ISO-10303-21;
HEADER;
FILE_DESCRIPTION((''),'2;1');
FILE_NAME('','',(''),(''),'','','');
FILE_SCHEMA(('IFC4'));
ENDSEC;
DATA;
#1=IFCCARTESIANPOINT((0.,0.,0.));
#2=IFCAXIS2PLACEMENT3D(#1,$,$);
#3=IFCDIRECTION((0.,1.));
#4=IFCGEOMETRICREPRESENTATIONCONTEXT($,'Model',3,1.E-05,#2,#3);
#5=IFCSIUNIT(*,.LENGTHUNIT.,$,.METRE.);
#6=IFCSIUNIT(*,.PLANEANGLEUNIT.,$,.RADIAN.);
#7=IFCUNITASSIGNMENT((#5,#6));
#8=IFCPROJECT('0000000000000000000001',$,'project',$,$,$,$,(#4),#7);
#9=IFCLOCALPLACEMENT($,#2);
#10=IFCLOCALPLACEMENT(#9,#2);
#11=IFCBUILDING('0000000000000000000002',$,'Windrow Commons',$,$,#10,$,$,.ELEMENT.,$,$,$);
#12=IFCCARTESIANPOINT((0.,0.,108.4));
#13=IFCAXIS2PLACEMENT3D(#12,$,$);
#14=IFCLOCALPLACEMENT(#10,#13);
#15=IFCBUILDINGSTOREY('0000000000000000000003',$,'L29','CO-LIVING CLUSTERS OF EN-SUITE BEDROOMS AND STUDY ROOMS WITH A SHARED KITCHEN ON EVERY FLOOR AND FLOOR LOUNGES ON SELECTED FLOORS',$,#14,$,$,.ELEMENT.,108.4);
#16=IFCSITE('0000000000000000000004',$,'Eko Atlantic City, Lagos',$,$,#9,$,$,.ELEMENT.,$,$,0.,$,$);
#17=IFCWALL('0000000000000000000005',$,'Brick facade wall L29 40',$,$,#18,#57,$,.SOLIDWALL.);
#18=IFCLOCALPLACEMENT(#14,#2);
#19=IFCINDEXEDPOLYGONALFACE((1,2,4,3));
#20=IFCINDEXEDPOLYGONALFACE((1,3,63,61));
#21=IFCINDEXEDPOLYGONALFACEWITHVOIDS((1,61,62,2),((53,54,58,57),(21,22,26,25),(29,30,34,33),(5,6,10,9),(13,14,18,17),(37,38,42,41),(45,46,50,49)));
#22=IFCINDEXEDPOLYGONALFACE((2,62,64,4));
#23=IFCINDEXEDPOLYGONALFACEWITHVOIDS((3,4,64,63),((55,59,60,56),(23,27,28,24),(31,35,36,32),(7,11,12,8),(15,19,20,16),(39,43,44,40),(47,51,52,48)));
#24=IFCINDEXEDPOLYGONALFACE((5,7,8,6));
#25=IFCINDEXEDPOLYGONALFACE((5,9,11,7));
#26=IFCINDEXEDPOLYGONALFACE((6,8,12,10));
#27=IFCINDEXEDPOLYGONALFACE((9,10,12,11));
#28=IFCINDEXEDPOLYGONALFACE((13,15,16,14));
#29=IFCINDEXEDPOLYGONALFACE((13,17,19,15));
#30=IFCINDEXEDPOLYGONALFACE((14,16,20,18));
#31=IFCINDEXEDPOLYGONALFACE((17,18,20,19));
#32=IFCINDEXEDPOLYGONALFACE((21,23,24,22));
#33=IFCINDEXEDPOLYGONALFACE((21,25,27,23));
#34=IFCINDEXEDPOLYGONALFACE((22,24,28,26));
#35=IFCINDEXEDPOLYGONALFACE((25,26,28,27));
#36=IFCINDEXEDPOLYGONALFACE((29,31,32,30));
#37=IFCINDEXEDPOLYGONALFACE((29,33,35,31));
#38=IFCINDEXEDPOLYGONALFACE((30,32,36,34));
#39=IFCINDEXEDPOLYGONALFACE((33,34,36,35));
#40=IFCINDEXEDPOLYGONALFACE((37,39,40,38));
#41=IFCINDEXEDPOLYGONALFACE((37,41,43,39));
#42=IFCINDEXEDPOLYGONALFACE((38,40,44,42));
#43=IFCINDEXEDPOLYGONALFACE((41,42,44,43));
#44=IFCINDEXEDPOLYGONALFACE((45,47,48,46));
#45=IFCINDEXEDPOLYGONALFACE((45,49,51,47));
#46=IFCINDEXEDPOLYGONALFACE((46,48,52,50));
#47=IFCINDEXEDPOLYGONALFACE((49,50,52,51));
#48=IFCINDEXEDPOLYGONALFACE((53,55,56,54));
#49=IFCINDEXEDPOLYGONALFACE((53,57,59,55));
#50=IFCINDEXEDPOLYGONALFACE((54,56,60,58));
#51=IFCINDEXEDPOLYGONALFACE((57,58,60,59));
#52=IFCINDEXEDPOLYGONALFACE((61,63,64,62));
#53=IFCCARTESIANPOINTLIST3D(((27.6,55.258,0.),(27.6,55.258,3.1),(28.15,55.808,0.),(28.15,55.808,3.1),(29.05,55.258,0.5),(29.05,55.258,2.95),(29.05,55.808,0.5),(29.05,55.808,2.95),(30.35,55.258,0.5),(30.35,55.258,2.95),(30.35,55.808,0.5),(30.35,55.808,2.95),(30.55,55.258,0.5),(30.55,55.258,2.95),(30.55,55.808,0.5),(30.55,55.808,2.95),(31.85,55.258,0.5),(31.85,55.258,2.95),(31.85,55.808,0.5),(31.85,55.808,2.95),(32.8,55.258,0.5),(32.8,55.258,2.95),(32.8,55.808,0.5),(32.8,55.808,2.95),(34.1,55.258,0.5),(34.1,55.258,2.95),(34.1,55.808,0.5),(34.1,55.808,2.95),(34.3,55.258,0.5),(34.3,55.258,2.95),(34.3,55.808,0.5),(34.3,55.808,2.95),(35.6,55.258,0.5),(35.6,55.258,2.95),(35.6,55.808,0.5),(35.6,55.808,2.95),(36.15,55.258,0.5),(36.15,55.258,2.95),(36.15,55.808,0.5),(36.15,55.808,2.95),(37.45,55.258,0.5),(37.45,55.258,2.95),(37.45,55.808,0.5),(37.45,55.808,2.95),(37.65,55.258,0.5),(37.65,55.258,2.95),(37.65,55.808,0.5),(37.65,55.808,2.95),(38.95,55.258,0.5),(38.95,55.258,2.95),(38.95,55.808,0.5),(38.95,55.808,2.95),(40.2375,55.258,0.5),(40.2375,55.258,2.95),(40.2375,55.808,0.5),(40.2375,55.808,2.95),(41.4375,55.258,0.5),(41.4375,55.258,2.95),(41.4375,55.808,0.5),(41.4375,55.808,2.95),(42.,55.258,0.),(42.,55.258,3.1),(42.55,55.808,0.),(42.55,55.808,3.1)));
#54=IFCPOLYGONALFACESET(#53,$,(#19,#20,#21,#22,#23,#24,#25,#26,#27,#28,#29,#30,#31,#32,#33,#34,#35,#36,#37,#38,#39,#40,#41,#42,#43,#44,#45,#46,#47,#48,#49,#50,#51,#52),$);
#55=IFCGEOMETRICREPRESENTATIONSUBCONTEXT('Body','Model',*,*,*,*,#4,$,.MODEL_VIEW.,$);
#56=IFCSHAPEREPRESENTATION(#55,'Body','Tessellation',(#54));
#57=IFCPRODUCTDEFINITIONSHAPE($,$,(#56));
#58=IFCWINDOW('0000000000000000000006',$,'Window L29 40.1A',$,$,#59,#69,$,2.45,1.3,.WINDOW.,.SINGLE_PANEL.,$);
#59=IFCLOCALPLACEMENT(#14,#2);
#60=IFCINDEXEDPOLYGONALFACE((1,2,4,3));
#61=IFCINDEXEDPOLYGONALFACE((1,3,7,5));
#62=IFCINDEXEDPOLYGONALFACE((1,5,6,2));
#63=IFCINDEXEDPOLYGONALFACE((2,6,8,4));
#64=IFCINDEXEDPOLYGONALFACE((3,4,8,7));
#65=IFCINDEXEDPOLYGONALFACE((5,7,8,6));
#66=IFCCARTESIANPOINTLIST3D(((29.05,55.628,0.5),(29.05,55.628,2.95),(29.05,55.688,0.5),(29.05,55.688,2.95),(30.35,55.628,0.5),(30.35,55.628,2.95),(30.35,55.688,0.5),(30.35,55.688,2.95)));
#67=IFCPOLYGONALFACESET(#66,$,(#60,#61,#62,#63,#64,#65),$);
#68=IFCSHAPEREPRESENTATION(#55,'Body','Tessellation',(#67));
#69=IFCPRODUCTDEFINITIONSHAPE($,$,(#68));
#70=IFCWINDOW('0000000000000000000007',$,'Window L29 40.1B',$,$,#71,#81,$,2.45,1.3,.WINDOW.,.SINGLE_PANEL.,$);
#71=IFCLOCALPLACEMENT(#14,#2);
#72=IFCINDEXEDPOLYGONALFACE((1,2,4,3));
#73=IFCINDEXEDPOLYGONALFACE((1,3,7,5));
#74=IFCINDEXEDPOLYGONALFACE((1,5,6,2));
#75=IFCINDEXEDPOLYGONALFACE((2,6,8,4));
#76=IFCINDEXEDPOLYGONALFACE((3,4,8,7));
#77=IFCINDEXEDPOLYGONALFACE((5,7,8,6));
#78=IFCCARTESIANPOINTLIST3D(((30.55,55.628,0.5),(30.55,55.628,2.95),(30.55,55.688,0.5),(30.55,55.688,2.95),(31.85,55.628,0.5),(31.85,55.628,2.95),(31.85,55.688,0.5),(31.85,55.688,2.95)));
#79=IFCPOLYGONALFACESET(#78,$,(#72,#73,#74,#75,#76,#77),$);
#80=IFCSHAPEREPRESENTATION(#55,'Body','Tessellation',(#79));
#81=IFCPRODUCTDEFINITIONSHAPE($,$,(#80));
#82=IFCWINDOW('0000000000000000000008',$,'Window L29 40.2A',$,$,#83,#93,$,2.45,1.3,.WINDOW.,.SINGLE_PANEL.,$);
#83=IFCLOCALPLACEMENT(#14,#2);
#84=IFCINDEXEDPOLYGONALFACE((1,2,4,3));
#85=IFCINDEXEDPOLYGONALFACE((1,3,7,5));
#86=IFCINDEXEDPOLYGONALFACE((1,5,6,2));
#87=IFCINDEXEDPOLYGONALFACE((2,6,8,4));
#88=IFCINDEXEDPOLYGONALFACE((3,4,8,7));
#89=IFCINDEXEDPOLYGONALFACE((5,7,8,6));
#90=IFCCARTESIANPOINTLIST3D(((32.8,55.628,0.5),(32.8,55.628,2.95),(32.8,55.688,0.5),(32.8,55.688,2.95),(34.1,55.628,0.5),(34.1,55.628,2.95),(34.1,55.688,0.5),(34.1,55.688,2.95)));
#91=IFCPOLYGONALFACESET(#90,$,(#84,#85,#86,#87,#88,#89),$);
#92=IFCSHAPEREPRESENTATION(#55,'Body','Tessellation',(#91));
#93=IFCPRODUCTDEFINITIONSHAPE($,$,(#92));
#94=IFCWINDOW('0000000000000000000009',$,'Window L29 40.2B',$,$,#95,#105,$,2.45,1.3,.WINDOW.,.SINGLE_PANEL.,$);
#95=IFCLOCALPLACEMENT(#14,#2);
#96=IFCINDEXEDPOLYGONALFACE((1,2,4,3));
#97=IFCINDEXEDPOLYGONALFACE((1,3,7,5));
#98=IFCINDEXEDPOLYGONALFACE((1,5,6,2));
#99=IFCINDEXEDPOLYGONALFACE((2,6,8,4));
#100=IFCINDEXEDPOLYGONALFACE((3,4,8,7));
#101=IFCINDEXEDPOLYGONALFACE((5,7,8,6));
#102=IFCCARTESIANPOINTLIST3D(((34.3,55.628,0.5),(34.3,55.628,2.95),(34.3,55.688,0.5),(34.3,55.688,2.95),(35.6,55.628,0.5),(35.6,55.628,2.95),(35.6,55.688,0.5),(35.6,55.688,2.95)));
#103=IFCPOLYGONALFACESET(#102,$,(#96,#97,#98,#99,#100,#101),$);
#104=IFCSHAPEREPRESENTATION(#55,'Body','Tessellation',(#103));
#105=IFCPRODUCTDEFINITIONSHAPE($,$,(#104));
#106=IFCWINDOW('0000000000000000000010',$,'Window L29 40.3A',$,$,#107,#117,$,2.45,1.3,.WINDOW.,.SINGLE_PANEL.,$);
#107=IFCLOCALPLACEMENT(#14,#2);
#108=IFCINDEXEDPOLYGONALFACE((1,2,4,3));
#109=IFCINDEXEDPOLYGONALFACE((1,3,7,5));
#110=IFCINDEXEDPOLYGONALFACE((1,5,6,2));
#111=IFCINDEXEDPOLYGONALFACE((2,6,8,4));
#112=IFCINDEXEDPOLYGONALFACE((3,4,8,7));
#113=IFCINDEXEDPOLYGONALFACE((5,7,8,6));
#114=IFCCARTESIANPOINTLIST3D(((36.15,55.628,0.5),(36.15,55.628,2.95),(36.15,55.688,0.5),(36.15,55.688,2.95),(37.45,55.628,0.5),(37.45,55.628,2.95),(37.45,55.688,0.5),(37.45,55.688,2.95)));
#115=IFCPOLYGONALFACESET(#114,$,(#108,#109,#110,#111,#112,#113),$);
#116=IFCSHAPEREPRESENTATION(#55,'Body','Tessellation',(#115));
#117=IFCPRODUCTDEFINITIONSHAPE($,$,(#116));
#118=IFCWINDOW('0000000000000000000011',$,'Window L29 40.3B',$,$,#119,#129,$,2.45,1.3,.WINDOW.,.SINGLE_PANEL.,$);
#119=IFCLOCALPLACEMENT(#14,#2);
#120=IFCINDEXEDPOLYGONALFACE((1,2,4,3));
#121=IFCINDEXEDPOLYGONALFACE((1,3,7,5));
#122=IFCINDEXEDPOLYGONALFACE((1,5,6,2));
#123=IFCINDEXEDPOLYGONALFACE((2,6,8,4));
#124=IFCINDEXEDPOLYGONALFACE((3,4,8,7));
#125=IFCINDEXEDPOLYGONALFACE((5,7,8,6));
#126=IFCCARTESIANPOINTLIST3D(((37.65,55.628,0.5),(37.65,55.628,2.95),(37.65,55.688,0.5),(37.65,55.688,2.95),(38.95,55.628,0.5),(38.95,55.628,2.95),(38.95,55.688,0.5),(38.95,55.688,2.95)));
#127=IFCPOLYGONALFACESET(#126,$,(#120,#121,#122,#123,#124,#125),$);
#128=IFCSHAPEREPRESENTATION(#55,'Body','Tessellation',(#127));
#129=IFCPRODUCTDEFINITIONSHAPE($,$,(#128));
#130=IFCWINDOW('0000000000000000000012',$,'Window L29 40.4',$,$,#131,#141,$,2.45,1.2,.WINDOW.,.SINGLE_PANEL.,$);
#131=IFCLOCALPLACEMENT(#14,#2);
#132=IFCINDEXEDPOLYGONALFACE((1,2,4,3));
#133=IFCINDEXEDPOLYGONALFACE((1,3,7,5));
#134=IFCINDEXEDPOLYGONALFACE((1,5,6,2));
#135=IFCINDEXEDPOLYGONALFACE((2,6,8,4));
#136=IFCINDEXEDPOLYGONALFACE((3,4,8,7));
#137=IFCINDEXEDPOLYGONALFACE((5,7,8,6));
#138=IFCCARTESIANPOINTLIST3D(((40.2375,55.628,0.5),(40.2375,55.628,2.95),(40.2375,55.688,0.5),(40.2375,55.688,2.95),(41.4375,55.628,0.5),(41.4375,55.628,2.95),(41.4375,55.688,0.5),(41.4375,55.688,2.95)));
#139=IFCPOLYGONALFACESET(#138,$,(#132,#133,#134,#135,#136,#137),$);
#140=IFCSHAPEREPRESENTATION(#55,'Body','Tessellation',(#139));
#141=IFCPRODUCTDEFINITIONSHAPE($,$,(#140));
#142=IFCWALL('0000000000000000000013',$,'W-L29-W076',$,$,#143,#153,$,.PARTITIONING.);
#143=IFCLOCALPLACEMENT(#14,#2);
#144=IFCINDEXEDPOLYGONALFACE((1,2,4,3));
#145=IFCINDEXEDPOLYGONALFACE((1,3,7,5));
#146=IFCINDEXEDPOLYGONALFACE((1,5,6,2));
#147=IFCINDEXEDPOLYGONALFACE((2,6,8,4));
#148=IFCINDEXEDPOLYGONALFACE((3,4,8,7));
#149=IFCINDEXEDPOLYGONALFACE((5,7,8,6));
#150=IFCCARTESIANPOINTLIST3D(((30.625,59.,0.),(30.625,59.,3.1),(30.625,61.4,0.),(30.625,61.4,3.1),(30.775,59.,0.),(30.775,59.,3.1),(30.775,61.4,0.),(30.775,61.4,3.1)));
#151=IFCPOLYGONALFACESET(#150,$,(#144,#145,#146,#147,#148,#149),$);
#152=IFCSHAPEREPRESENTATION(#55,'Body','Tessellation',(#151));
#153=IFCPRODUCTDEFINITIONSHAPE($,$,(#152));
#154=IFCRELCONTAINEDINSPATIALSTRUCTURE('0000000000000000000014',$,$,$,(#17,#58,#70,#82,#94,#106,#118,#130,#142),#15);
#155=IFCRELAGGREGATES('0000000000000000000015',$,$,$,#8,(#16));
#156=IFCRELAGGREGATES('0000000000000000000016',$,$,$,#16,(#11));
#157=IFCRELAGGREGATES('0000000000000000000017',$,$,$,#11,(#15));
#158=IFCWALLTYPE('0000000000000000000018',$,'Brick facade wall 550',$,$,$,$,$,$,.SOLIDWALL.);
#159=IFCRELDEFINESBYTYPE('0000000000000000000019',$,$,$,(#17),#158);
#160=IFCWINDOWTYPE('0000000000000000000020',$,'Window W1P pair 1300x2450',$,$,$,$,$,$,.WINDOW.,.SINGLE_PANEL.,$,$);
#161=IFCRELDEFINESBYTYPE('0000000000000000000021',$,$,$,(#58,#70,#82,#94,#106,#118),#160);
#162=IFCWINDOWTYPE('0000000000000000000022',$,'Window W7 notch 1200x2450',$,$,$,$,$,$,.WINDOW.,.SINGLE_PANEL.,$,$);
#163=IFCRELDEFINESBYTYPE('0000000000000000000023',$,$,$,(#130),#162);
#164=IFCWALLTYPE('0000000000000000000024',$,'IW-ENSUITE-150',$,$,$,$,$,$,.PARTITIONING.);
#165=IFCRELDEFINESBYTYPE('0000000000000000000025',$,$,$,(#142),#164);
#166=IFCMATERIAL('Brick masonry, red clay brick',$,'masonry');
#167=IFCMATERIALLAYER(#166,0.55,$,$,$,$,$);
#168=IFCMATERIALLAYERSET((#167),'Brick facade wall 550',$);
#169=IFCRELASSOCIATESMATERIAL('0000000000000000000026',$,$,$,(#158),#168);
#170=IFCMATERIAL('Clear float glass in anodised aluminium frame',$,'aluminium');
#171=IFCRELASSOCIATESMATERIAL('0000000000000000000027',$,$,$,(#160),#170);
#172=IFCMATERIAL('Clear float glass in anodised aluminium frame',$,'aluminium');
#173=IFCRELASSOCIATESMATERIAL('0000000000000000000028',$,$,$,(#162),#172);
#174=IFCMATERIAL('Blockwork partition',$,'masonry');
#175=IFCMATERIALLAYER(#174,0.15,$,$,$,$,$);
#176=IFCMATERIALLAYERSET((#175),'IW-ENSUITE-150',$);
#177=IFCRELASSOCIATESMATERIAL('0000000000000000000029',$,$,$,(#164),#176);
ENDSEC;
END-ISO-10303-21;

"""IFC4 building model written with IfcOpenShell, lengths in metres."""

from ifc_helpers import new_model, si_unit, direction, frame, frame_2d, origin, place, context, subcontext, project, spatial, polyline, rectangle, outline, extrude, material, layer, layer_set, type_object, element, fill, save


model = new_model("IFC4")

# Units and contexts
model_context = context("Model", 3, precision=1e-05, world=origin(), true_north=direction((0.0, 1.0)))
body_context = subcontext(model_context, "Body", "Model", "MODEL_VIEW")
ifc_project = project(units=[si_unit("LENGTHUNIT", "METRE"), si_unit("PLANEANGLEUNIT", "RADIAN")], contexts=[model_context])

# Site, building, storey
site_placement = place(None, origin())
site = spatial("IfcSite", under=ifc_project, at=site_placement, Name="Eko Atlantic City, Lagos", CompositionType="ELEMENT", RefElevation=0.0)
building_placement = place(site_placement, origin())
building = spatial("IfcBuilding", under=site, at=building_placement, Name="Windrow Commons", CompositionType="ELEMENT")
storey_placement = place(building_placement, frame((0.0, 0.0, 108.4)))
storey = spatial("IfcBuildingStorey", under=building, at=storey_placement, Name="L29", Description="CO-LIVING CLUSTERS OF EN-SUITE BEDROOMS AND STUDY ROOMS WITH A SHARED KITCHEN ON EVERY FLOOR AND FLOOR LOUNGES ON SELECTED FLOORS", CompositionType="ELEMENT", Elevation=108.4)

# Wall, openings, windows
ifc_material_1 = material(Name="Brick masonry, red clay brick", Category="masonry")
ifc_layer_1 = layer(ifc_material_1, 0.55)
ifc_layer_set_1 = layer_set([ifc_layer_1], Name="Brick facade wall 550")
wall_type_1 = type_object("IfcWallType", Name="Brick facade wall 550", PredefinedType="SOLIDWALL", material=ifc_layer_set_1)
wall_1_placement = place(storey_placement, frame((27.875, 55.533, 0.0), z_axis=(0.0, 0.0, 1.0), x_axis=(1.0, 0.0, 0.0)))
wall_1 = element("IfcWall", 1, at=wall_1_placement, inside=storey, type_object=wall_type_1, Name="Brick facade wall L29 40", PredefinedType="SOLIDWALL", context=body_context, shape_type="SweptSolid", body=[
    extrude(outline(polyline([(-0.275, -0.275), (14.125, -0.275), (14.675, 0.275), (0.275, 0.275), (-0.275, -0.275)])), origin(), (0.0, 0.0, 1.0), 3.1),
])
opening_1_placement = place(wall_1_placement, frame((1.175, 0.0, 0.5)))
opening_1 = element("IfcOpeningElement", 2, at=opening_1_placement, cuts=wall_1, PredefinedType="OPENING", context=body_context, shape_type="SweptSolid", body=[
    extrude(rectangle(XDim=1.3, YDim=2.45, at=frame_2d((0.65, 1.225))), frame((0.0, 0.285, 0.0), z_axis=(0.0, -1.0, 0.0), x_axis=(1.0, 0.0, 0.0)), (0.0, 0.0, 1.0), 0.57),
])
opening_2_placement = place(wall_1_placement, frame((2.675, 0.0, 0.5)))
opening_2 = element("IfcOpeningElement", 3, at=opening_2_placement, cuts=wall_1, PredefinedType="OPENING", context=body_context, shape_type="SweptSolid", body=[
    extrude(rectangle(XDim=1.3, YDim=2.45, at=frame_2d((0.65, 1.225))), frame((0.0, 0.285, 0.0), z_axis=(0.0, -1.0, 0.0), x_axis=(1.0, 0.0, 0.0)), (0.0, 0.0, 1.0), 0.57),
])
opening_3_placement = place(wall_1_placement, frame((4.925, 0.0, 0.5)))
opening_3 = element("IfcOpeningElement", 4, at=opening_3_placement, cuts=wall_1, PredefinedType="OPENING", context=body_context, shape_type="SweptSolid", body=[
    extrude(rectangle(XDim=1.3, YDim=2.45, at=frame_2d((0.65, 1.225))), frame((0.0, 0.285, 0.0), z_axis=(0.0, -1.0, 0.0), x_axis=(1.0, 0.0, 0.0)), (0.0, 0.0, 1.0), 0.57),
])
opening_4_placement = place(wall_1_placement, frame((6.425, 0.0, 0.5)))
opening_4 = element("IfcOpeningElement", 5, at=opening_4_placement, cuts=wall_1, PredefinedType="OPENING", context=body_context, shape_type="SweptSolid", body=[
    extrude(rectangle(XDim=1.3, YDim=2.45, at=frame_2d((0.65, 1.225))), frame((0.0, 0.285, 0.0), z_axis=(0.0, -1.0, 0.0), x_axis=(1.0, 0.0, 0.0)), (0.0, 0.0, 1.0), 0.57),
])
opening_5_placement = place(wall_1_placement, frame((8.275, 0.0, 0.5)))
opening_5 = element("IfcOpeningElement", 6, at=opening_5_placement, cuts=wall_1, PredefinedType="OPENING", context=body_context, shape_type="SweptSolid", body=[
    extrude(rectangle(XDim=1.3, YDim=2.45, at=frame_2d((0.65, 1.225))), frame((0.0, 0.285, 0.0), z_axis=(0.0, -1.0, 0.0), x_axis=(1.0, 0.0, 0.0)), (0.0, 0.0, 1.0), 0.57),
])
opening_6_placement = place(wall_1_placement, frame((9.775, 0.0, 0.5)))
opening_6 = element("IfcOpeningElement", 7, at=opening_6_placement, cuts=wall_1, PredefinedType="OPENING", context=body_context, shape_type="SweptSolid", body=[
    extrude(rectangle(XDim=1.3, YDim=2.45, at=frame_2d((0.65, 1.225))), frame((0.0, 0.285, 0.0), z_axis=(0.0, -1.0, 0.0), x_axis=(1.0, 0.0, 0.0)), (0.0, 0.0, 1.0), 0.57),
])
opening_7_placement = place(wall_1_placement, frame((12.3625, 0.0, 0.5)))
opening_7 = element("IfcOpeningElement", 8, at=opening_7_placement, cuts=wall_1, PredefinedType="OPENING", context=body_context, shape_type="SweptSolid", body=[
    extrude(rectangle(XDim=1.2, YDim=2.45, at=frame_2d((0.6, 1.225))), frame((0.0, 0.285, 0.0), z_axis=(0.0, -1.0, 0.0), x_axis=(1.0, 0.0, 0.0)), (0.0, 0.0, 1.0), 0.57),
])
ifc_material_2 = material(Name="Clear float glass in anodised aluminium frame", Category="aluminium")
window_type_1 = type_object("IfcWindowType", Name="Window W1P pair 1300x2450", PartitioningType="SINGLE_PANEL", PredefinedType="WINDOW", material=ifc_material_2)
window_1_placement = place(opening_1_placement, origin())
window_1 = element("IfcWindow", 9, at=window_1_placement, inside=storey, type_object=window_type_1, Name="Window L29 40.1A", OverallHeight=2.45, OverallWidth=1.3, PartitioningType="SINGLE_PANEL", PredefinedType="WINDOW", context=body_context, shape_type="SweptSolid", body=[
    extrude(rectangle(XDim=1.3, YDim=2.45, at=frame_2d((0.65, 1.225))), frame((0.0, 0.155, 0.0), z_axis=(0.0, -1.0, 0.0), x_axis=(1.0, 0.0, 0.0)), (0.0, 0.0, 1.0), 0.06),
])
fill(opening_1, window_1)
window_2_placement = place(opening_2_placement, origin())
window_2 = element("IfcWindow", 10, at=window_2_placement, inside=storey, type_object=window_type_1, Name="Window L29 40.1B", OverallHeight=2.45, OverallWidth=1.3, PartitioningType="SINGLE_PANEL", PredefinedType="WINDOW", context=body_context, shape_type="SweptSolid", body=[
    extrude(rectangle(XDim=1.3, YDim=2.45, at=frame_2d((0.65, 1.225))), frame((0.0, 0.155, 0.0), z_axis=(0.0, -1.0, 0.0), x_axis=(1.0, 0.0, 0.0)), (0.0, 0.0, 1.0), 0.06),
])
fill(opening_2, window_2)
window_3_placement = place(opening_3_placement, origin())
window_3 = element("IfcWindow", 11, at=window_3_placement, inside=storey, type_object=window_type_1, Name="Window L29 40.2A", OverallHeight=2.45, OverallWidth=1.3, PartitioningType="SINGLE_PANEL", PredefinedType="WINDOW", context=body_context, shape_type="SweptSolid", body=[
    extrude(rectangle(XDim=1.3, YDim=2.45, at=frame_2d((0.65, 1.225))), frame((0.0, 0.155, 0.0), z_axis=(0.0, -1.0, 0.0), x_axis=(1.0, 0.0, 0.0)), (0.0, 0.0, 1.0), 0.06),
])
fill(opening_3, window_3)
window_4_placement = place(opening_4_placement, origin())
window_4 = element("IfcWindow", 12, at=window_4_placement, inside=storey, type_object=window_type_1, Name="Window L29 40.2B", OverallHeight=2.45, OverallWidth=1.3, PartitioningType="SINGLE_PANEL", PredefinedType="WINDOW", context=body_context, shape_type="SweptSolid", body=[
    extrude(rectangle(XDim=1.3, YDim=2.45, at=frame_2d((0.65, 1.225))), frame((0.0, 0.155, 0.0), z_axis=(0.0, -1.0, 0.0), x_axis=(1.0, 0.0, 0.0)), (0.0, 0.0, 1.0), 0.06),
])
fill(opening_4, window_4)
window_5_placement = place(opening_5_placement, origin())
window_5 = element("IfcWindow", 13, at=window_5_placement, inside=storey, type_object=window_type_1, Name="Window L29 40.3A", OverallHeight=2.45, OverallWidth=1.3, PartitioningType="SINGLE_PANEL", PredefinedType="WINDOW", context=body_context, shape_type="SweptSolid", body=[
    extrude(rectangle(XDim=1.3, YDim=2.45, at=frame_2d((0.65, 1.225))), frame((0.0, 0.155, 0.0), z_axis=(0.0, -1.0, 0.0), x_axis=(1.0, 0.0, 0.0)), (0.0, 0.0, 1.0), 0.06),
])
fill(opening_5, window_5)
window_6_placement = place(opening_6_placement, origin())
window_6 = element("IfcWindow", 14, at=window_6_placement, inside=storey, type_object=window_type_1, Name="Window L29 40.3B", OverallHeight=2.45, OverallWidth=1.3, PartitioningType="SINGLE_PANEL", PredefinedType="WINDOW", context=body_context, shape_type="SweptSolid", body=[
    extrude(rectangle(XDim=1.3, YDim=2.45, at=frame_2d((0.65, 1.225))), frame((0.0, 0.155, 0.0), z_axis=(0.0, -1.0, 0.0), x_axis=(1.0, 0.0, 0.0)), (0.0, 0.0, 1.0), 0.06),
])
fill(opening_6, window_6)
ifc_material_3 = material(Name="Clear float glass in anodised aluminium frame", Category="aluminium")
window_type_2 = type_object("IfcWindowType", Name="Window W7 notch 1200x2450", PartitioningType="SINGLE_PANEL", PredefinedType="WINDOW", material=ifc_material_3)
window_7_placement = place(opening_7_placement, origin())
window_7 = element("IfcWindow", 15, at=window_7_placement, inside=storey, type_object=window_type_2, Name="Window L29 40.4", OverallHeight=2.45, OverallWidth=1.2, PartitioningType="SINGLE_PANEL", PredefinedType="WINDOW", context=body_context, shape_type="SweptSolid", body=[
    extrude(rectangle(XDim=1.2, YDim=2.45, at=frame_2d((0.6, 1.225))), frame((0.0, 0.155, 0.0), z_axis=(0.0, -1.0, 0.0), x_axis=(1.0, 0.0, 0.0)), (0.0, 0.0, 1.0), 0.06),
])
fill(opening_7, window_7)

# Wall
ifc_material_4 = material(Name="Blockwork partition", Category="masonry")
ifc_layer_2 = layer(ifc_material_4, 0.15)
ifc_layer_set_2 = layer_set([ifc_layer_2], Name="IW-ENSUITE-150")
wall_type_2 = type_object("IfcWallType", Name="IW-ENSUITE-150", PredefinedType="PARTITIONING", material=ifc_layer_set_2)
wall_2_placement = place(storey_placement, frame((30.7, 59.0, 0.0), z_axis=(0.0, 0.0, 1.0), x_axis=(0.0, 1.0, 0.0)))
element("IfcWall", 16, at=wall_2_placement, inside=storey, type_object=wall_type_2, Name="W-L29-W076", PredefinedType="PARTITIONING", context=body_context, shape_type="SweptSolid", body=[
    extrude(rectangle(XDim=2.4, YDim=0.15, at=frame_2d((1.2, 0.0))), origin(), (0.0, 0.0, 1.0), 3.1),
])

save(model, "model.ifc")
